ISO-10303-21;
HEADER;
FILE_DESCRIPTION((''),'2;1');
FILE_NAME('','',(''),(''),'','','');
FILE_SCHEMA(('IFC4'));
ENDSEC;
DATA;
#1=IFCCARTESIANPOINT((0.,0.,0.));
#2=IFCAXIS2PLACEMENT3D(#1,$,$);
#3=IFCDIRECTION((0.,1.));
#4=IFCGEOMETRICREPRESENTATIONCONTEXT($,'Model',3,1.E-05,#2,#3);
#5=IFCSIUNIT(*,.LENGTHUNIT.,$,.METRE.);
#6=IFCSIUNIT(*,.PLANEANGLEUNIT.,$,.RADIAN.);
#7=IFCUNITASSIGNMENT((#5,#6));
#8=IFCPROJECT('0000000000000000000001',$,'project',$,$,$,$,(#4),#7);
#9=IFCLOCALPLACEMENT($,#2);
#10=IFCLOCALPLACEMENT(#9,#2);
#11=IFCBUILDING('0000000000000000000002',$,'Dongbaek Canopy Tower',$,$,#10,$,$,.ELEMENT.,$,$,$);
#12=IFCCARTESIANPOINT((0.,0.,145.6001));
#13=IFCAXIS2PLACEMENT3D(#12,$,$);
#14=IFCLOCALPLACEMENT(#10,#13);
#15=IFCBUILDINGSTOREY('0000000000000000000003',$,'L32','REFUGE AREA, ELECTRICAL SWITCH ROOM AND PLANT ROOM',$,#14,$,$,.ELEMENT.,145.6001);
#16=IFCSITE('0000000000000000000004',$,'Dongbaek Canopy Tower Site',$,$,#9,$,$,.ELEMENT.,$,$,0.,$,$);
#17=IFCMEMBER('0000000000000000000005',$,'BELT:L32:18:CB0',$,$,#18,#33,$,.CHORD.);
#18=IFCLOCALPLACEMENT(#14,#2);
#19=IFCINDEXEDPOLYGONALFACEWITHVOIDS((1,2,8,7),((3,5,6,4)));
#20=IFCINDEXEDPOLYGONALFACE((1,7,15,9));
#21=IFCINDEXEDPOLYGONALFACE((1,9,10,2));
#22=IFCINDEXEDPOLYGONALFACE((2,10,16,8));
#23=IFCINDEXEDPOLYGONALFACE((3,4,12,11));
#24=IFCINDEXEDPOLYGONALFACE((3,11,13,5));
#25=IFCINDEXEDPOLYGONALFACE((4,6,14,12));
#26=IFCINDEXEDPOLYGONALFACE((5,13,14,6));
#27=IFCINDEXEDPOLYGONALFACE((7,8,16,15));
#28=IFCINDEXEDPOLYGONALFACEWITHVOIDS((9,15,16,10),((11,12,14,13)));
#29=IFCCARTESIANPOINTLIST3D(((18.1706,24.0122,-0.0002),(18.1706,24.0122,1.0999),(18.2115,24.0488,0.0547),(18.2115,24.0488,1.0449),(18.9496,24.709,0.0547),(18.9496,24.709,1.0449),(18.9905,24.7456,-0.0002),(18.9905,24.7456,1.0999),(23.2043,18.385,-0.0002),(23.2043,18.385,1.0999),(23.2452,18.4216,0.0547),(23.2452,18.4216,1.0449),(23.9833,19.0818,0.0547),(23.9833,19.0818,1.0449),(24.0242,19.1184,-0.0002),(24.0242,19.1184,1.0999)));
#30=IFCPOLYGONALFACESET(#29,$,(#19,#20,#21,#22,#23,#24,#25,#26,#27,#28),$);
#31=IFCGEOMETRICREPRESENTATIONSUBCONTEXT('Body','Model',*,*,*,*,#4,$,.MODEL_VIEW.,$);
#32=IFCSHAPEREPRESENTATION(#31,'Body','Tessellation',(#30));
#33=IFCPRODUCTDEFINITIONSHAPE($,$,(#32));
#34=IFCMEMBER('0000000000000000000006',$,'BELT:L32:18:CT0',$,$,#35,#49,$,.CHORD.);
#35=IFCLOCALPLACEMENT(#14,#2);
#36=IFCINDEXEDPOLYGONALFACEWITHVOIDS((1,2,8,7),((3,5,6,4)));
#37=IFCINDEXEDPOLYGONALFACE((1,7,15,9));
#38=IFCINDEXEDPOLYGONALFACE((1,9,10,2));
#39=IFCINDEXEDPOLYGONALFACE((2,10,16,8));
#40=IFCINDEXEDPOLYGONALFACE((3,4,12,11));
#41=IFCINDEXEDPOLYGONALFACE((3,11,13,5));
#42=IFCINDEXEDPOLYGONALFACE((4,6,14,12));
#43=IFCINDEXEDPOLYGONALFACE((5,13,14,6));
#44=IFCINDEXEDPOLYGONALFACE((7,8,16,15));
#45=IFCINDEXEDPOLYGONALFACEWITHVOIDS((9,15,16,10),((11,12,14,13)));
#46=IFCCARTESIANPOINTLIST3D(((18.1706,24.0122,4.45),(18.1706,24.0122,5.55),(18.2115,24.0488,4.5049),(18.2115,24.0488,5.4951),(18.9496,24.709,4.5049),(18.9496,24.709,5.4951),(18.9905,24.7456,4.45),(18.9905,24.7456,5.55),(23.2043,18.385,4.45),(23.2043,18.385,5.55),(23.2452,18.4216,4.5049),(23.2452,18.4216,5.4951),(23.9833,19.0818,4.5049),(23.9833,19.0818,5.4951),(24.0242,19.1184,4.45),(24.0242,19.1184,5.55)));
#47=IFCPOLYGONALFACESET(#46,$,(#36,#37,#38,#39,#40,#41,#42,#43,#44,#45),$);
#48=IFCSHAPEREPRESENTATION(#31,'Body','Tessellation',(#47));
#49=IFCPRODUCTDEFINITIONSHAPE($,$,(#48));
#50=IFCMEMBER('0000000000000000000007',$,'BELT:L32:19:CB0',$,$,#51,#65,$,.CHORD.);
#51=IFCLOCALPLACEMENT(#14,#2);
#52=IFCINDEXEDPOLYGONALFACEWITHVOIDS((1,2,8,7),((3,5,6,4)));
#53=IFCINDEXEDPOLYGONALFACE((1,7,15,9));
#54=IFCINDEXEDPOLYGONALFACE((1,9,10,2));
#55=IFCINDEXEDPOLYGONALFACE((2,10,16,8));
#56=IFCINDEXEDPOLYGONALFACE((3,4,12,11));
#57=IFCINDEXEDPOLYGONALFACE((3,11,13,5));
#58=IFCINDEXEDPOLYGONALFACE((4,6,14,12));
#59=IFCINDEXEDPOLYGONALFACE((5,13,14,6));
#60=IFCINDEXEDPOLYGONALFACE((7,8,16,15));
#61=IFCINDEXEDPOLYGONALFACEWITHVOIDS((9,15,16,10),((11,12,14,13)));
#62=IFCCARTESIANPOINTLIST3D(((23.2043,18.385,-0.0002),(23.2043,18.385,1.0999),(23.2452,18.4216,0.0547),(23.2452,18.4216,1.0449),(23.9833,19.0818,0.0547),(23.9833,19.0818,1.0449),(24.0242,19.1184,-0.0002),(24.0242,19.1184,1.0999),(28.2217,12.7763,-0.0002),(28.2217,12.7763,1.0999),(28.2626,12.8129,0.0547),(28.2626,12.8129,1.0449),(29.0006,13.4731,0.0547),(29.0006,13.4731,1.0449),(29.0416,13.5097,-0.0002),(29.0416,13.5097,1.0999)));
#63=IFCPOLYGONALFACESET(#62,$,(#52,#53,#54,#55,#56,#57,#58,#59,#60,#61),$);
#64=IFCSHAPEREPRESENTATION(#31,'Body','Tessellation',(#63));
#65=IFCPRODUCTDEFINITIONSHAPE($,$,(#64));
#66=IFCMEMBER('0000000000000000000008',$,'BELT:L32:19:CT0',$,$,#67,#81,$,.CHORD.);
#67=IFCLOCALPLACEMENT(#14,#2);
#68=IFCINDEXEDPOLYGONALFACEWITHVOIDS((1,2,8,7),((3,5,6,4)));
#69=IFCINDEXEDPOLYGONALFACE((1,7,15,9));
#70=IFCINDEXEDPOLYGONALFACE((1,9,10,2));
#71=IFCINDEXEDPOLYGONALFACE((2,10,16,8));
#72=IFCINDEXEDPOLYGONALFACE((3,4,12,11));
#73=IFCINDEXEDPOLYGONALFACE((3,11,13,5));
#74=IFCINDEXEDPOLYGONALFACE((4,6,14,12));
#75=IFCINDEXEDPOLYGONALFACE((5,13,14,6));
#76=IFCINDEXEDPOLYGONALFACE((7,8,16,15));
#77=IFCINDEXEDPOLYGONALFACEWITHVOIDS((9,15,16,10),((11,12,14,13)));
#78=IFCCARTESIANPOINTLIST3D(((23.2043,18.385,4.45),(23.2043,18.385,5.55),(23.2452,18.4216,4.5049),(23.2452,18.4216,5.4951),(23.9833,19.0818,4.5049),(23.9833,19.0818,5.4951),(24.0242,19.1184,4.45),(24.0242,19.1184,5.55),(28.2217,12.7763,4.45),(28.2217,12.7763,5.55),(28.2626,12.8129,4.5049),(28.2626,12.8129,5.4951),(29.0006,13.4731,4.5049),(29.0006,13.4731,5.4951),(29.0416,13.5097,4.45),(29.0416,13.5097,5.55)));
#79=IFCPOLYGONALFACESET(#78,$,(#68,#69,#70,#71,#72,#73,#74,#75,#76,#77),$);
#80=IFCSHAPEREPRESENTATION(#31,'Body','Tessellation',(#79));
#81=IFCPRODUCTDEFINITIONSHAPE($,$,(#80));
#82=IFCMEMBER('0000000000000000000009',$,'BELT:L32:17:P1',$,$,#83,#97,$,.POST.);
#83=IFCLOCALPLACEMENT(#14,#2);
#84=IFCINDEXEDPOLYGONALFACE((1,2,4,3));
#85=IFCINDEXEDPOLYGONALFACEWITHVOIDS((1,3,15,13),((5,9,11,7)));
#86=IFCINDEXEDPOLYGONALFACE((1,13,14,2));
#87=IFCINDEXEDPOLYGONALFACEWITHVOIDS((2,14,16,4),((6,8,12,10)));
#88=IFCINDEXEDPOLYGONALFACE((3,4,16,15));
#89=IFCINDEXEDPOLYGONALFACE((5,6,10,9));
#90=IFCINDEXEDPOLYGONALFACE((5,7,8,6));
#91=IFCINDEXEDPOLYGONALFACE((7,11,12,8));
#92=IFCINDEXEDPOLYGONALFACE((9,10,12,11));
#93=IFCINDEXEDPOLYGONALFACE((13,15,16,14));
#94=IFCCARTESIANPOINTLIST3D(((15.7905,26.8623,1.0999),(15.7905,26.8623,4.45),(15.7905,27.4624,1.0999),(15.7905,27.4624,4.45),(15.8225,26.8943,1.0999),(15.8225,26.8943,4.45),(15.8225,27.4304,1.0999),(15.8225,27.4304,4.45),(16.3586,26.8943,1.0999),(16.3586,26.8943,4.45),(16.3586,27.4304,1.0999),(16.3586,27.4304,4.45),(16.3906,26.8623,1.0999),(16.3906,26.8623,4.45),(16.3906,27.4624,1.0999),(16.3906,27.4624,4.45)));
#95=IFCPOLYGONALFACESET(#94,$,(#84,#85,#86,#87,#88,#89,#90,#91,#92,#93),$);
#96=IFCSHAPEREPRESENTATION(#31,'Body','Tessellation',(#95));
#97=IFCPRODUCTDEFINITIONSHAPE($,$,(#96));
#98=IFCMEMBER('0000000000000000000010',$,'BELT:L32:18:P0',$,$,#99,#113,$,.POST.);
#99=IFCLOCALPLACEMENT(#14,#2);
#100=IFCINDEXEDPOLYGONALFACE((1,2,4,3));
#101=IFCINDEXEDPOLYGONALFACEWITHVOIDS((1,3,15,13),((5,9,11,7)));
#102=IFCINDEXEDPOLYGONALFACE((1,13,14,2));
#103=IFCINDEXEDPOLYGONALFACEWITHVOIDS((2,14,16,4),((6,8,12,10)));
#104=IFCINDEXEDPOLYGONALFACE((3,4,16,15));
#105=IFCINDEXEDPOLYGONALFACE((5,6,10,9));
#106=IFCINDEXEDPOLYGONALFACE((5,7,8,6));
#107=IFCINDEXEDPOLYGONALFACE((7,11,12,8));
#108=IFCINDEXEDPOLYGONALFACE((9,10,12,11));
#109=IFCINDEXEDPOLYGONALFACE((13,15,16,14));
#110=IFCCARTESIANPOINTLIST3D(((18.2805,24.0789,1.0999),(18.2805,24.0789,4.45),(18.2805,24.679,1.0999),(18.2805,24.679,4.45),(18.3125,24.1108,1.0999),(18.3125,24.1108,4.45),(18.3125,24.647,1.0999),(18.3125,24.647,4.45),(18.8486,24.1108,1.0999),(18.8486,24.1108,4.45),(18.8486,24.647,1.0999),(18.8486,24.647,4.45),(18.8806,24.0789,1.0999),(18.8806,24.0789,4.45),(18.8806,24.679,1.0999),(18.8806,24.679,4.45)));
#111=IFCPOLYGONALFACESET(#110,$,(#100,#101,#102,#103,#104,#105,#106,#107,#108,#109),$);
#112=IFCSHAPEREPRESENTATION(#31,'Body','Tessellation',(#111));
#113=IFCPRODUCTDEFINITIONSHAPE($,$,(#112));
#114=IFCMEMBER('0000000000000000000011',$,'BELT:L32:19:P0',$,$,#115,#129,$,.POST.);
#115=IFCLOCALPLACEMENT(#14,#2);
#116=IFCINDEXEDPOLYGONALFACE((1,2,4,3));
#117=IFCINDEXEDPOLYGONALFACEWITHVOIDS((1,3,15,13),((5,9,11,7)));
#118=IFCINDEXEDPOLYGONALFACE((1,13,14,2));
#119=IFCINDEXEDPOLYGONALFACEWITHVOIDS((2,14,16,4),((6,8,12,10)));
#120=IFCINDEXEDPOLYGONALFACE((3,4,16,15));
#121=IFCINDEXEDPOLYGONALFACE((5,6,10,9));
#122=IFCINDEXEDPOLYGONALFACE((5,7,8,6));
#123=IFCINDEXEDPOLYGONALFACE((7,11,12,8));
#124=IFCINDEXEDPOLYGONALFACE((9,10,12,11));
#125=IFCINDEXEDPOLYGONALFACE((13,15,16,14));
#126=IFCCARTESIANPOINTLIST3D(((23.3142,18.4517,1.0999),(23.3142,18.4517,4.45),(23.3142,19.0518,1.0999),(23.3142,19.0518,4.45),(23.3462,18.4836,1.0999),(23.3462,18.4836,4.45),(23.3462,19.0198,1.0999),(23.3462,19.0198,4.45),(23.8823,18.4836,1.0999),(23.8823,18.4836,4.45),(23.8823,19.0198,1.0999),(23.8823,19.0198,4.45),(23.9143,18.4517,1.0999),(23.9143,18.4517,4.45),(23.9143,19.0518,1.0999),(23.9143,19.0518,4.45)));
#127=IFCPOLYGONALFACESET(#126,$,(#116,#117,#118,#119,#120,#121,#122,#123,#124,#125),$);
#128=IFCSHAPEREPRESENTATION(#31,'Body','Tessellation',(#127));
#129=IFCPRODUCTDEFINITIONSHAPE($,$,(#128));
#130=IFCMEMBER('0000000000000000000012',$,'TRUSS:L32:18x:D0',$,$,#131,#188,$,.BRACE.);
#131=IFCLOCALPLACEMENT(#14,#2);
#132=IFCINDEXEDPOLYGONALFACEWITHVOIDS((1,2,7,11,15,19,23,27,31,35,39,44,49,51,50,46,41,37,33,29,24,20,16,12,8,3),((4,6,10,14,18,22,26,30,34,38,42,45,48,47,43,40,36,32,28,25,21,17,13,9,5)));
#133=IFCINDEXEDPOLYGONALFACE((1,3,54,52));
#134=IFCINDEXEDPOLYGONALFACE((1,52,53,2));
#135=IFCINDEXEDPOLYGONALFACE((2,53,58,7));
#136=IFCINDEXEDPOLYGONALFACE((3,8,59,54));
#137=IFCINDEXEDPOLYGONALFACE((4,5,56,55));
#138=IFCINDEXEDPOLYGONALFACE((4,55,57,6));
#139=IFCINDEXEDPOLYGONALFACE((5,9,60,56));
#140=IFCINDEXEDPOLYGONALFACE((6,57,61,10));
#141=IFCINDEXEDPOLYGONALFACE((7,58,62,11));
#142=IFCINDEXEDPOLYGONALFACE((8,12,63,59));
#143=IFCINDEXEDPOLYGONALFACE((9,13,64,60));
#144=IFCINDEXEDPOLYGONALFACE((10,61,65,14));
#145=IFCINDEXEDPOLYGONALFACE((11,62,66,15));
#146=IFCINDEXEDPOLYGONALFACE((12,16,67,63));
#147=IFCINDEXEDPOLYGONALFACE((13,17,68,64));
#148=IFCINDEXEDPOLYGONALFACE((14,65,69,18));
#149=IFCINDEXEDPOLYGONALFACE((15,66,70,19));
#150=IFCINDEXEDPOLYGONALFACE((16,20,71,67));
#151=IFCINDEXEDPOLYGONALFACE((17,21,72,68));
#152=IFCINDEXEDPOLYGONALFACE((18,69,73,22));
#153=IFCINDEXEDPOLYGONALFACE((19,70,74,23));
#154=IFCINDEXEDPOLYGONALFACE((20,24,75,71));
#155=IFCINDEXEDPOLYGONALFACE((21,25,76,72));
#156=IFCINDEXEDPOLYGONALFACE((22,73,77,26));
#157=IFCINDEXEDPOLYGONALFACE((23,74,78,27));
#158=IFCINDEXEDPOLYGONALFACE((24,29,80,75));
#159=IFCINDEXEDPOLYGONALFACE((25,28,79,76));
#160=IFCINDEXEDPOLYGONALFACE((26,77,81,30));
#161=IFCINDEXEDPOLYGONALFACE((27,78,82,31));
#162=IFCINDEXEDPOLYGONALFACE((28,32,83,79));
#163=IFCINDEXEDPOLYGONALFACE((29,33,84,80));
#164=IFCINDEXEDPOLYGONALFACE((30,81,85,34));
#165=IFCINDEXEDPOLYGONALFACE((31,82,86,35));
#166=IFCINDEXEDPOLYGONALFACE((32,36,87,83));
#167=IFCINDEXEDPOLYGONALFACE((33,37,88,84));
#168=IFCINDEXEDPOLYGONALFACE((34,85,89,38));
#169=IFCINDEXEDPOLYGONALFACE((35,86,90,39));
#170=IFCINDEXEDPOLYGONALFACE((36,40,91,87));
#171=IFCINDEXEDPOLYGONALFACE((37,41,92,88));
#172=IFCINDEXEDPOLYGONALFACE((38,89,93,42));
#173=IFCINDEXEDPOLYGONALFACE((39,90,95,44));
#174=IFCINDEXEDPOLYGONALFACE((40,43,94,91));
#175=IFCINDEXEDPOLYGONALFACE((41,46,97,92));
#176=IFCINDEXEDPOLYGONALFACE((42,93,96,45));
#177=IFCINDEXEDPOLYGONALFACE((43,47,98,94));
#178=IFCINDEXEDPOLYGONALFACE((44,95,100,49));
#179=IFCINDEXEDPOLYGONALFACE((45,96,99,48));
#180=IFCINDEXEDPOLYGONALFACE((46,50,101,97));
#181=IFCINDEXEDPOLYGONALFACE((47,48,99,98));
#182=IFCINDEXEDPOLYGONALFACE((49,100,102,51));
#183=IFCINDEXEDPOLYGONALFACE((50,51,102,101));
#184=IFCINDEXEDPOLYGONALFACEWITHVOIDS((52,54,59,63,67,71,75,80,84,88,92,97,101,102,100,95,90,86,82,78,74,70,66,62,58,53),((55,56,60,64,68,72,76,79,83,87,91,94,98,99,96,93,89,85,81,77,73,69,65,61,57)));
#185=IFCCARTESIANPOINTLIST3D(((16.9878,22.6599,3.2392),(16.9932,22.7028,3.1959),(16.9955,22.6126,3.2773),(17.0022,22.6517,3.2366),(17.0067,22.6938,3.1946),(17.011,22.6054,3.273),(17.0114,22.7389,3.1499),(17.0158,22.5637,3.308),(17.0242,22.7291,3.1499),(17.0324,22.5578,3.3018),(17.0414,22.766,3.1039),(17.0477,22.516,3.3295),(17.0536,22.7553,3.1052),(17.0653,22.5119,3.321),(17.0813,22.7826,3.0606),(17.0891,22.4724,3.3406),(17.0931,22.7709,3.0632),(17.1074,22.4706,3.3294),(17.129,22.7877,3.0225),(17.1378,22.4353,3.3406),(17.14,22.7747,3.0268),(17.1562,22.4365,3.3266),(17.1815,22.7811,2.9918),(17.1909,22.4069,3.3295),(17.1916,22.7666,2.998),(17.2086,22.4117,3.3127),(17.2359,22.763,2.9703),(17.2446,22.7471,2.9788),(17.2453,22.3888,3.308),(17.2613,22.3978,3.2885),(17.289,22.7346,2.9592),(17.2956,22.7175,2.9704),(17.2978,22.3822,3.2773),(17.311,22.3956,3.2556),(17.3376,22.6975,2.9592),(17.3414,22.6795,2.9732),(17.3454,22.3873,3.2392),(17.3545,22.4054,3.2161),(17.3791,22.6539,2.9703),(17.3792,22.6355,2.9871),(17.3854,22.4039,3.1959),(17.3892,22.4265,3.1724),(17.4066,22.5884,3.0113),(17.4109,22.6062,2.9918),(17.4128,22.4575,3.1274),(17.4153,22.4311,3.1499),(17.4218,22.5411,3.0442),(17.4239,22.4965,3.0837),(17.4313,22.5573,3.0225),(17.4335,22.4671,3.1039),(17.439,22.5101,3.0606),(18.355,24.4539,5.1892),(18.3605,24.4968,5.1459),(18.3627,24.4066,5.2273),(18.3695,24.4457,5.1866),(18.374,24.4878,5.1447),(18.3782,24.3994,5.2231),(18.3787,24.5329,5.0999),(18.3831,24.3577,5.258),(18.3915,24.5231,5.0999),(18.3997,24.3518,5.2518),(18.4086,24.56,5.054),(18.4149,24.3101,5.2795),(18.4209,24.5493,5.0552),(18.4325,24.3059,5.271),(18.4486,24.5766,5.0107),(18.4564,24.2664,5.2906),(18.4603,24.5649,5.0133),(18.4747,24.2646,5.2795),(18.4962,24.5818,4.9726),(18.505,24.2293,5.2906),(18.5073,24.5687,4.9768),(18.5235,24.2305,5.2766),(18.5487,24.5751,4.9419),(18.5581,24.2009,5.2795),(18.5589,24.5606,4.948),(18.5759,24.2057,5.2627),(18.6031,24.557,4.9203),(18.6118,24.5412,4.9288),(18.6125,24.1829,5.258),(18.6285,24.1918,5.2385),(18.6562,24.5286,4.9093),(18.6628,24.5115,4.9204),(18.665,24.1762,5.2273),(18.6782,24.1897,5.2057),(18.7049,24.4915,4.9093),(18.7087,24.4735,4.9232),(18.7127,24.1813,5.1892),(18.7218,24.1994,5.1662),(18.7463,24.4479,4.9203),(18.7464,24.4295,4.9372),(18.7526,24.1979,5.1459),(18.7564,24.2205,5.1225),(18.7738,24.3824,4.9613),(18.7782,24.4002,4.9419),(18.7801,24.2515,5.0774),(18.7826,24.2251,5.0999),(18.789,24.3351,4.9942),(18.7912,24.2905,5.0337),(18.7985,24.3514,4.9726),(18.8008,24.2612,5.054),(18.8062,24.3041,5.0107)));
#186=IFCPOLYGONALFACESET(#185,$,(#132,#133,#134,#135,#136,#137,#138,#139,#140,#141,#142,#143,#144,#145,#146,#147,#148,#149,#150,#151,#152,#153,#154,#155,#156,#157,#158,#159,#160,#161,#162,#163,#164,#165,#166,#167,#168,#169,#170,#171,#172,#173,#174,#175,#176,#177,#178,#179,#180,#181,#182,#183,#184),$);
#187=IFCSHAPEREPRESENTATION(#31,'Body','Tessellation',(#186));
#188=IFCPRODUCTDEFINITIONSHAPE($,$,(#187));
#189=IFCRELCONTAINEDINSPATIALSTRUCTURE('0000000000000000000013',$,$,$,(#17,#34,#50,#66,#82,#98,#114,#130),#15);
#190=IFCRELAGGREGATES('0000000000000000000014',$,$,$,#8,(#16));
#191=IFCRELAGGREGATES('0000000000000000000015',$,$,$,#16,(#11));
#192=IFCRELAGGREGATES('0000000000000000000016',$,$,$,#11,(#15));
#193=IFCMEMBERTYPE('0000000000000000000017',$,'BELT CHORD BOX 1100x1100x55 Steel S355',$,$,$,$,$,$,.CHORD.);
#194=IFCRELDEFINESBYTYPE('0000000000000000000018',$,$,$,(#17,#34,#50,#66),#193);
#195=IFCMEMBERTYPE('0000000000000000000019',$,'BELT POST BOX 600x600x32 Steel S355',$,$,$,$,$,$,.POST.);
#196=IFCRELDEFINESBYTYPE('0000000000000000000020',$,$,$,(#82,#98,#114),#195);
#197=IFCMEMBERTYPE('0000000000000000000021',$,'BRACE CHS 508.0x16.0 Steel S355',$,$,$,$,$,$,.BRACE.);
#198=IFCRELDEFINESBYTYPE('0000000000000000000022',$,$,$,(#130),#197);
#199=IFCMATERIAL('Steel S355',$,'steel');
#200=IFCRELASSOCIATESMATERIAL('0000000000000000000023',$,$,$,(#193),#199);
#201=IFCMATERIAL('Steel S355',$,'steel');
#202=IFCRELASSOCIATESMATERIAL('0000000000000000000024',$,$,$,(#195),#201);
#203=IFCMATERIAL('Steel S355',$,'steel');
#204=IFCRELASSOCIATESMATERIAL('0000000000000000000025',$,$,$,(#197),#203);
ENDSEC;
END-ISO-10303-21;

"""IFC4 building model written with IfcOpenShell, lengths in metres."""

from ifc_helpers import new_model, si_unit, direction, frame, origin, origin_2d, place, context, subcontext, project, spatial, hollow_rectangle, hollow_circle, extrude, material, material_profile, profile_set, type_object, element, save


model = new_model("IFC4")

# Units and contexts
model_context = context("Model", 3, precision=1e-05, world=origin(), true_north=direction((0.0, 1.0)))
body_context = subcontext(model_context, "Body", "Model", "MODEL_VIEW")
ifc_project = project(units=[si_unit("LENGTHUNIT", "METRE"), si_unit("PLANEANGLEUNIT", "RADIAN")], contexts=[model_context])

# Site, building, storey
site_placement = place(None, origin())
site = spatial("IfcSite", under=ifc_project, at=site_placement, Name="Dongbaek Canopy Tower Site", CompositionType="ELEMENT", RefElevation=0.0)
building_placement = place(site_placement, origin())
building = spatial("IfcBuilding", under=site, at=building_placement, Name="Dongbaek Canopy Tower", CompositionType="ELEMENT")
storey_placement = place(building_placement, frame((0.0, 0.0, 145.6001)))
storey = spatial("IfcBuildingStorey", under=building, at=storey_placement, Name="L32", Description="REFUGE AREA, ELECTRICAL SWITCH ROOM AND PLANT ROOM", CompositionType="ELEMENT", Elevation=145.6001)

# Members
ifc_material_1 = material(Name="Steel S355", Category="steel")
ifc_material_profile_1 = material_profile(ifc_material_1, hollow_rectangle(XDim=1.1001, YDim=1.1001, WallThickness=0.0549, at=origin_2d()), Name="BELT CHORD BOX 1100x1100x55 Steel S355")
ifc_profile_set_1 = profile_set([ifc_material_profile_1], Name="Steel S355")
member_type_1 = type_object("IfcMemberType", Name="BELT CHORD BOX 1100x1100x55 Steel S355", PredefinedType="CHORD", material=ifc_profile_set_1)
for number, where, z_axis, x_axis, name in (
    (1, (18.5806, 24.3789, 0.5498), (0.666709, -0.745318, 0.0), (0.745318, 0.666709, 0.0), "BELT:L32:18:CB0"),
    (2, (18.5806, 24.3789, 5.0), (0.666709, -0.745318, 0.0), (0.745318, 0.666709, 0.0), "BELT:L32:18:CT0"),
):
    element("IfcMember", number, at=place(storey_placement, frame(where, z_axis=z_axis, x_axis=x_axis)), inside=storey, type_object=member_type_1, Name=name, PredefinedType="CHORD", context=body_context, shape_type="SweptSolid", body=[
        extrude(hollow_rectangle(XDim=1.1001, YDim=1.1001, WallThickness=0.0549, at=origin_2d()), origin(), (0.0, 0.0, 1.0), 7.55),
    ])
for number, where, z_axis, x_axis, name in (
    (3, (23.6143, 18.7517, 0.5498), (0.666727, -0.745302, 0.0), (0.745302, 0.666727, 0.0), "BELT:L32:19:CB0"),
    (4, (23.6143, 18.7517, 5.0), (0.666727, -0.745302, 0.0), (0.745302, 0.666727, 0.0), "BELT:L32:19:CT0"),
):
    element("IfcMember", number, at=place(storey_placement, frame(where, z_axis=z_axis, x_axis=x_axis)), inside=storey, type_object=member_type_1, Name=name, PredefinedType="CHORD", context=body_context, shape_type="SweptSolid", body=[
        extrude(hollow_rectangle(XDim=1.1001, YDim=1.1001, WallThickness=0.0549, at=origin_2d()), origin(), (0.0, 0.0, 1.0), 7.5254),
    ])
ifc_material_2 = material(Name="Steel S355", Category="steel")
ifc_material_profile_2 = material_profile(ifc_material_2, hollow_rectangle(XDim=0.6001, YDim=0.6001, WallThickness=0.032, at=origin_2d()), Name="BELT POST BOX 600x600x32 Steel S355")
ifc_profile_set_2 = profile_set([ifc_material_profile_2], Name="Steel S355")
member_type_2 = type_object("IfcMemberType", Name="BELT POST BOX 600x600x32 Steel S355", PredefinedType="POST", material=ifc_profile_set_2)
for number, where, z_axis, x_axis, name in (
    (5, (16.0906, 27.1624, 1.0999), (0.0, 0.0, 1.0), (1.0, 0.0, 0.0), "BELT:L32:17:P1"),
    (6, (18.5806, 24.3789, 1.0999), (0.0, 0.0, 1.0), (1.0, 0.0, 0.0), "BELT:L32:18:P0"),
    (7, (23.6143, 18.7517, 1.0999), (0.0, 0.0, 1.0), (1.0, 0.0, 0.0), "BELT:L32:19:P0"),
):
    element("IfcMember", number, at=place(storey_placement, frame(where, z_axis=z_axis, x_axis=x_axis)), inside=storey, type_object=member_type_2, Name=name, PredefinedType="POST", context=body_context, shape_type="SweptSolid", body=[
        extrude(hollow_rectangle(XDim=0.6001, YDim=0.6001, WallThickness=0.032, at=origin_2d()), origin(), (0.0, 0.0, 1.0), 3.3501),
    ])
ifc_material_3 = material(Name="Steel S355", Category="steel")
ifc_material_profile_3 = material_profile(ifc_material_3, hollow_circle(Radius=0.2539, WallThickness=0.0161, at=origin_2d()), Name="BRACE CHS 508.0x16.0 Steel S355")
ifc_profile_set_3 = profile_set([ifc_material_profile_3], Name="Steel S355")
member_type_3 = type_object("IfcMemberType", Name="BRACE CHS 508.0x16.0 Steel S355", PredefinedType="BRACE", material=ifc_profile_set_3)
member_1_placement = place(storey_placement, frame((17.2134, 22.585, 3.1499), z_axis=(0.458546, 0.601678, 0.654002), x_axis=(-0.795352, 0.606148, 0.0)))
element("IfcMember", 8, at=member_1_placement, inside=storey, type_object=member_type_3, Name="TRUSS:L32:18x:D0", PredefinedType="BRACE", context=body_context, shape_type="SweptSolid", body=[
    extrude(hollow_circle(Radius=0.2539, WallThickness=0.0161, at=origin_2d()), origin(), (0.0, 0.0, 1.0), 2.9817),
])

save(model, "model.ifc")
